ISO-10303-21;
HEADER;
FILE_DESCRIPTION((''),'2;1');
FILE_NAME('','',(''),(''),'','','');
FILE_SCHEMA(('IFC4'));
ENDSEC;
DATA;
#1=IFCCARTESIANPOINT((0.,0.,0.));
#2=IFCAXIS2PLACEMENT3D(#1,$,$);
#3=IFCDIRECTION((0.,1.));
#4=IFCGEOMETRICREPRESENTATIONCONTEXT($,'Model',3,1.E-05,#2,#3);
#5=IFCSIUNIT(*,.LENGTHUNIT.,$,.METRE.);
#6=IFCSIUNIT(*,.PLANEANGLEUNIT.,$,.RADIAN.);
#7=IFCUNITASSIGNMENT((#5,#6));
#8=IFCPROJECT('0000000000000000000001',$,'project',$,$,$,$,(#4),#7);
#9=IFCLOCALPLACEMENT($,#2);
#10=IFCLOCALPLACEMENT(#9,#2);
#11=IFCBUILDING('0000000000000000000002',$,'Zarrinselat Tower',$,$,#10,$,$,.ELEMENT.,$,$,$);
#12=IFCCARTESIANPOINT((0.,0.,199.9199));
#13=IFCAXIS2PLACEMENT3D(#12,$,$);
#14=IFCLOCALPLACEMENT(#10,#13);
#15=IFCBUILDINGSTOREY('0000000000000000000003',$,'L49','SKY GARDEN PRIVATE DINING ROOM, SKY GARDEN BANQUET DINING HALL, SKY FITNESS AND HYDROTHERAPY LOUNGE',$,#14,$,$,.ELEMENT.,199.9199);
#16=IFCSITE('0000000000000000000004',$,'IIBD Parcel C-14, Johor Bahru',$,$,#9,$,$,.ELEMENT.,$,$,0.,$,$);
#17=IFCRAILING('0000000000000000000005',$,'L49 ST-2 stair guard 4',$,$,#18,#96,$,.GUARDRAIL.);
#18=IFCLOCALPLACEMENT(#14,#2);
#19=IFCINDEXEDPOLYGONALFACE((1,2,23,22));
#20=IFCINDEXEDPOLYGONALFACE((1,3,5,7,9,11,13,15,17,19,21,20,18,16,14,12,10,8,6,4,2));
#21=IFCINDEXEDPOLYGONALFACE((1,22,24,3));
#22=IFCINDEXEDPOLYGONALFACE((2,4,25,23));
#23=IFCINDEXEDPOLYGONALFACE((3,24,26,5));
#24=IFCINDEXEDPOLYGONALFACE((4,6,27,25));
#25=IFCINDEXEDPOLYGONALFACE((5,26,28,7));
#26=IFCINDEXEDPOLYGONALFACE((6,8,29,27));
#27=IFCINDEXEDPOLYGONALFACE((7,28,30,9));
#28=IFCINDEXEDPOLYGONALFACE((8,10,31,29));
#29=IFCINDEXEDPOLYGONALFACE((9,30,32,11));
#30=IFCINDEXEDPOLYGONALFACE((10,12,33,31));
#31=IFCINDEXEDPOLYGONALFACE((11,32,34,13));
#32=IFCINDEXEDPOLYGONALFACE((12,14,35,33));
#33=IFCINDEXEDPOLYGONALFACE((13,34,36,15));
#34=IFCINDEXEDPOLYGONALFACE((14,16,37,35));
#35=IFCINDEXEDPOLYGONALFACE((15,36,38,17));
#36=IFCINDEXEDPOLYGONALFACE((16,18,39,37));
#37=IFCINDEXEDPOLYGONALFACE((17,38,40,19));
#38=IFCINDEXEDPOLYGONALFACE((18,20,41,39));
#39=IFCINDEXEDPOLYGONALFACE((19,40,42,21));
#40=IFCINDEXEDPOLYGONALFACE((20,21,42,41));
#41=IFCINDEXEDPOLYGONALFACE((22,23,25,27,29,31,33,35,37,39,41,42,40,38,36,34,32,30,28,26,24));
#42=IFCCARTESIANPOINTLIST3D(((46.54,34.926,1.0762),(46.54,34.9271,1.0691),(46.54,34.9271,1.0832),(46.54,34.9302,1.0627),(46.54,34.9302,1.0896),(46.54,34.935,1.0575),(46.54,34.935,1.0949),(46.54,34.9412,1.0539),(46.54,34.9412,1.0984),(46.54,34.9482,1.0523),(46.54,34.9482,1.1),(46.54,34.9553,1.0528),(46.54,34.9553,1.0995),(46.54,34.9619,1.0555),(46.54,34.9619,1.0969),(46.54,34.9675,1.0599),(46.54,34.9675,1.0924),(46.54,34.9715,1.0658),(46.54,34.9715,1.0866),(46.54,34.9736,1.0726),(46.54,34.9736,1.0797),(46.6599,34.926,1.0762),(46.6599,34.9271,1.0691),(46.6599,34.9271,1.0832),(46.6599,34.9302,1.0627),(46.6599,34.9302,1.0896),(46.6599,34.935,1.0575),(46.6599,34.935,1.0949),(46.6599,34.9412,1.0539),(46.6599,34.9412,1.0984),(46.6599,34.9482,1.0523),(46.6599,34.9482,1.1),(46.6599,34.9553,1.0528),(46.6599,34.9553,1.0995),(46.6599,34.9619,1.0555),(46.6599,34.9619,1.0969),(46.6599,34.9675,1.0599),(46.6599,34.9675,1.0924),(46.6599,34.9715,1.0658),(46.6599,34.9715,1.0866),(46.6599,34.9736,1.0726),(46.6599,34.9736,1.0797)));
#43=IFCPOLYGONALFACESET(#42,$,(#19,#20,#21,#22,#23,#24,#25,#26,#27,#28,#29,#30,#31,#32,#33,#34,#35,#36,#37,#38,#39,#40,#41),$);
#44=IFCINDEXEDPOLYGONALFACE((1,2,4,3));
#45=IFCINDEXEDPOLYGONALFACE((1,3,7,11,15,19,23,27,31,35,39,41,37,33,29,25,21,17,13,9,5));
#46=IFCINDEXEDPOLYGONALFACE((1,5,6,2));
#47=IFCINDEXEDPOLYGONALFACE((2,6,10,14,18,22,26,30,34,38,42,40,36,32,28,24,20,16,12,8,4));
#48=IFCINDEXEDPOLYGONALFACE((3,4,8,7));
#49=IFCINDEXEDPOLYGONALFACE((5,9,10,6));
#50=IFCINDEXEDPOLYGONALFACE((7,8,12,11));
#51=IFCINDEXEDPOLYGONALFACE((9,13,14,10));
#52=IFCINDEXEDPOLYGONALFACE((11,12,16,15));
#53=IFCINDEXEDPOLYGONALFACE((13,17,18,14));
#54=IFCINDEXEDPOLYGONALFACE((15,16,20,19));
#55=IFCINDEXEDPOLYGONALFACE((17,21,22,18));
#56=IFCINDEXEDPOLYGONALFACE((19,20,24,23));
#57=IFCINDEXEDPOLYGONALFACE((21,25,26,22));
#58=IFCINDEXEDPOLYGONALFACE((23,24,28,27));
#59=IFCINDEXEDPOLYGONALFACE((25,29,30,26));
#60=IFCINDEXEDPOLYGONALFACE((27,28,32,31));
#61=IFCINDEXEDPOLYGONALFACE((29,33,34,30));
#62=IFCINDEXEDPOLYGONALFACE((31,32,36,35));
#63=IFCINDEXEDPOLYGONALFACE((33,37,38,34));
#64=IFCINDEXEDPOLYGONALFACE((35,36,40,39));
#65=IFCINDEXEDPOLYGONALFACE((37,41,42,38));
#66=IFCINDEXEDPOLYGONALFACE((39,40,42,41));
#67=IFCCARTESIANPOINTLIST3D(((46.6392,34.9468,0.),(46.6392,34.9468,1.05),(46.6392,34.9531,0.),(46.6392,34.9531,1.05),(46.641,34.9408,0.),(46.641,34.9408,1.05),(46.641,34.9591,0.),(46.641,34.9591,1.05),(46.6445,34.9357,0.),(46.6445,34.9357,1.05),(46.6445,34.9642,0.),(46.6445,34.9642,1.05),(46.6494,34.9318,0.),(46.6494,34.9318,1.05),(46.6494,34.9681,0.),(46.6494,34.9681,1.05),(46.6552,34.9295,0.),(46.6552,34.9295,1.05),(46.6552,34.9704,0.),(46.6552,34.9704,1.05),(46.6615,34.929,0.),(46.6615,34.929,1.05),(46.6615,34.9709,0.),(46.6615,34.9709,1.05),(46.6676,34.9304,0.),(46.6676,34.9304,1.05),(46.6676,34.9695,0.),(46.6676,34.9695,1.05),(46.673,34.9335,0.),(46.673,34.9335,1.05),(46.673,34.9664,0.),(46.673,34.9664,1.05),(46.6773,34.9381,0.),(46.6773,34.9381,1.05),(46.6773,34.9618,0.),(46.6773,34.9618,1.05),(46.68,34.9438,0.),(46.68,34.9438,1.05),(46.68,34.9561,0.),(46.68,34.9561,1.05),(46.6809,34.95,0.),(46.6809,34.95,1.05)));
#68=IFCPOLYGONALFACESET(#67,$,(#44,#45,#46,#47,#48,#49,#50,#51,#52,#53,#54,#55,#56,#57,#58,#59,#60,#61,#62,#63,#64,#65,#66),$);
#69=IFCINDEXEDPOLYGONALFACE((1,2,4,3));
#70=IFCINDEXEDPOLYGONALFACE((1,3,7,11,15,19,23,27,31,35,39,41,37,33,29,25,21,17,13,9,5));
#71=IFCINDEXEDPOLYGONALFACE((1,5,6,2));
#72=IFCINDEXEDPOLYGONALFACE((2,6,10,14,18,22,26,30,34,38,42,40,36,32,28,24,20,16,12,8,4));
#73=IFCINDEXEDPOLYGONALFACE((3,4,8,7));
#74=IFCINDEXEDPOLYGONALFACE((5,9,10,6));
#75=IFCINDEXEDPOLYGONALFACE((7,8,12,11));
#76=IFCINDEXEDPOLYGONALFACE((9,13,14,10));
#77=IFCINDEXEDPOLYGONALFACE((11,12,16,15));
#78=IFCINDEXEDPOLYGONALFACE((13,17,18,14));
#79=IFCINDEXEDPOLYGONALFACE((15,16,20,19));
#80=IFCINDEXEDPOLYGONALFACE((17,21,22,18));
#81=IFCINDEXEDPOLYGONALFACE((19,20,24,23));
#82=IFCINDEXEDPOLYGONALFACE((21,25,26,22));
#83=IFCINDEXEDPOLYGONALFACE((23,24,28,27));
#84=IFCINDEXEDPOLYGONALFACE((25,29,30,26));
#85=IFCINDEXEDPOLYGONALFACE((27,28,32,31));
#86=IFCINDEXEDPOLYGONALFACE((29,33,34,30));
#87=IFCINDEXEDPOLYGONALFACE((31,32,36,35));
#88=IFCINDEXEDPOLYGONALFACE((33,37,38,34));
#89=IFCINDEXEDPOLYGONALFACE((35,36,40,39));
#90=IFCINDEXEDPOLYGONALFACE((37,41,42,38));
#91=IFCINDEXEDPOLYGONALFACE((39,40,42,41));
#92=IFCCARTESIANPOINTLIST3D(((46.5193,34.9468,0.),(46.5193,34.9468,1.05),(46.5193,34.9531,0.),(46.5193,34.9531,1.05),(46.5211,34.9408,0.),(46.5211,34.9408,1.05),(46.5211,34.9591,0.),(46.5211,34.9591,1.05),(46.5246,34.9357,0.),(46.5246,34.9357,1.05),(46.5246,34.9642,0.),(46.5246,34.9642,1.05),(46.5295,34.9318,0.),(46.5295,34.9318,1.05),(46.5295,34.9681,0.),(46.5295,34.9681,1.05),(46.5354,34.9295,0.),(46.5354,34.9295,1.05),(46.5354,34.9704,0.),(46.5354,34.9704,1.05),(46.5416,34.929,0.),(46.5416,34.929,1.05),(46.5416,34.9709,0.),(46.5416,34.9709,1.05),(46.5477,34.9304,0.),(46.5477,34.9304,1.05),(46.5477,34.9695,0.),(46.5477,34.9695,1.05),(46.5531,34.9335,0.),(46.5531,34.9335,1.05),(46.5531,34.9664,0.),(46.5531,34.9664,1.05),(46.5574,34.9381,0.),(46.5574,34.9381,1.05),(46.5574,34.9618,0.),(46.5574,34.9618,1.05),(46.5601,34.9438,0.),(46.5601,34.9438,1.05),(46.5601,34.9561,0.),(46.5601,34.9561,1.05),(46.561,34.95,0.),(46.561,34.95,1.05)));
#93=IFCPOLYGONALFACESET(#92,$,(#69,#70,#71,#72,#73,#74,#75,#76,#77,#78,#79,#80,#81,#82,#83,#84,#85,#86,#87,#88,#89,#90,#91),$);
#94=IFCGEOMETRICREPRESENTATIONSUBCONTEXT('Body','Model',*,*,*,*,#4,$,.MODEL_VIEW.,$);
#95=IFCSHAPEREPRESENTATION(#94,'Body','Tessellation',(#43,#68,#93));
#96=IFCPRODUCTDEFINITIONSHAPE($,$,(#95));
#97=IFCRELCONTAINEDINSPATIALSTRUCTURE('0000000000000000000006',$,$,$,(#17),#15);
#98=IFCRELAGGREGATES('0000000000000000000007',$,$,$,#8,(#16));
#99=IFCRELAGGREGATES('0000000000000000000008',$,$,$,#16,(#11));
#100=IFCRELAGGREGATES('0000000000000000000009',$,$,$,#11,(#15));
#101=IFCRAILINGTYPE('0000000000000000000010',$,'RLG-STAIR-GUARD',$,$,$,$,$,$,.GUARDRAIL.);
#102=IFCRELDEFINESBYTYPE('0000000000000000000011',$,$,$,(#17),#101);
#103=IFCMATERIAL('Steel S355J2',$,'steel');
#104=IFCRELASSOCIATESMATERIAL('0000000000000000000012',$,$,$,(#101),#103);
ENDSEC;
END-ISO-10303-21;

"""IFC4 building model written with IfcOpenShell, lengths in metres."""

from ifc_helpers import new_model, si_unit, direction, frame, origin, origin_2d, place, context, subcontext, project, spatial, circle, extrude, material, type_object, element, save


model = new_model("IFC4")

# Units and contexts
model_context = context("Model", 3, precision=1e-05, world=origin(), true_north=direction((0.0, 1.0)))
body_context = subcontext(model_context, "Body", "Model", "MODEL_VIEW")
ifc_project = project(units=[si_unit("LENGTHUNIT", "METRE"), si_unit("PLANEANGLEUNIT", "RADIAN")], contexts=[model_context])

# Site, building, storey
site_placement = place(None, origin())
site = spatial("IfcSite", under=ifc_project, at=site_placement, Name="IIBD Parcel C-14, Johor Bahru", CompositionType="ELEMENT", RefElevation=0.0)
building_placement = place(site_placement, origin())
building = spatial("IfcBuilding", under=site, at=building_placement, Name="Zarrinselat Tower", CompositionType="ELEMENT")
storey_placement = place(building_placement, frame((0.0, 0.0, 199.9199)))
storey = spatial("IfcBuildingStorey", under=building, at=storey_placement, Name="L49", Description="SKY GARDEN PRIVATE DINING ROOM, SKY GARDEN BANQUET DINING HALL, SKY FITNESS AND HYDROTHERAPY LOUNGE", CompositionType="ELEMENT", Elevation=199.9199)

# Railing
ifc_material_1 = material(Name="Steel S355J2", Category="steel")
railing_type_1 = type_object("IfcRailingType", Name="RLG-STAIR-GUARD", PredefinedType="GUARDRAIL", material=ifc_material_1)
railing_1_placement = place(storey_placement, frame((46.6599, 34.95, 0.0)))
element("IfcRailing", 1, at=railing_1_placement, inside=storey, type_object=railing_type_1, Name="L49 ST-2 stair guard 4", PredefinedType="GUARDRAIL", context=body_context, shape_type="SweptSolid", body=[
    extrude(circle(Radius=0.0239, at=origin_2d()), frame((0.0, 0.0, 1.0762), z_axis=(-1.0, 0.0, 0.0), x_axis=(0.0, -1.0, 0.0)), (0.0, 0.0, 1.0), 0.1199),
    extrude(circle(Radius=0.021, at=origin_2d()), origin(), (0.0, 0.0, 1.0), 1.05),
    extrude(circle(Radius=0.021, at=origin_2d()), frame((-0.1199, 0.0, 0.0)), (0.0, 0.0, 1.0), 1.05),
])

save(model, "model.ifc")
